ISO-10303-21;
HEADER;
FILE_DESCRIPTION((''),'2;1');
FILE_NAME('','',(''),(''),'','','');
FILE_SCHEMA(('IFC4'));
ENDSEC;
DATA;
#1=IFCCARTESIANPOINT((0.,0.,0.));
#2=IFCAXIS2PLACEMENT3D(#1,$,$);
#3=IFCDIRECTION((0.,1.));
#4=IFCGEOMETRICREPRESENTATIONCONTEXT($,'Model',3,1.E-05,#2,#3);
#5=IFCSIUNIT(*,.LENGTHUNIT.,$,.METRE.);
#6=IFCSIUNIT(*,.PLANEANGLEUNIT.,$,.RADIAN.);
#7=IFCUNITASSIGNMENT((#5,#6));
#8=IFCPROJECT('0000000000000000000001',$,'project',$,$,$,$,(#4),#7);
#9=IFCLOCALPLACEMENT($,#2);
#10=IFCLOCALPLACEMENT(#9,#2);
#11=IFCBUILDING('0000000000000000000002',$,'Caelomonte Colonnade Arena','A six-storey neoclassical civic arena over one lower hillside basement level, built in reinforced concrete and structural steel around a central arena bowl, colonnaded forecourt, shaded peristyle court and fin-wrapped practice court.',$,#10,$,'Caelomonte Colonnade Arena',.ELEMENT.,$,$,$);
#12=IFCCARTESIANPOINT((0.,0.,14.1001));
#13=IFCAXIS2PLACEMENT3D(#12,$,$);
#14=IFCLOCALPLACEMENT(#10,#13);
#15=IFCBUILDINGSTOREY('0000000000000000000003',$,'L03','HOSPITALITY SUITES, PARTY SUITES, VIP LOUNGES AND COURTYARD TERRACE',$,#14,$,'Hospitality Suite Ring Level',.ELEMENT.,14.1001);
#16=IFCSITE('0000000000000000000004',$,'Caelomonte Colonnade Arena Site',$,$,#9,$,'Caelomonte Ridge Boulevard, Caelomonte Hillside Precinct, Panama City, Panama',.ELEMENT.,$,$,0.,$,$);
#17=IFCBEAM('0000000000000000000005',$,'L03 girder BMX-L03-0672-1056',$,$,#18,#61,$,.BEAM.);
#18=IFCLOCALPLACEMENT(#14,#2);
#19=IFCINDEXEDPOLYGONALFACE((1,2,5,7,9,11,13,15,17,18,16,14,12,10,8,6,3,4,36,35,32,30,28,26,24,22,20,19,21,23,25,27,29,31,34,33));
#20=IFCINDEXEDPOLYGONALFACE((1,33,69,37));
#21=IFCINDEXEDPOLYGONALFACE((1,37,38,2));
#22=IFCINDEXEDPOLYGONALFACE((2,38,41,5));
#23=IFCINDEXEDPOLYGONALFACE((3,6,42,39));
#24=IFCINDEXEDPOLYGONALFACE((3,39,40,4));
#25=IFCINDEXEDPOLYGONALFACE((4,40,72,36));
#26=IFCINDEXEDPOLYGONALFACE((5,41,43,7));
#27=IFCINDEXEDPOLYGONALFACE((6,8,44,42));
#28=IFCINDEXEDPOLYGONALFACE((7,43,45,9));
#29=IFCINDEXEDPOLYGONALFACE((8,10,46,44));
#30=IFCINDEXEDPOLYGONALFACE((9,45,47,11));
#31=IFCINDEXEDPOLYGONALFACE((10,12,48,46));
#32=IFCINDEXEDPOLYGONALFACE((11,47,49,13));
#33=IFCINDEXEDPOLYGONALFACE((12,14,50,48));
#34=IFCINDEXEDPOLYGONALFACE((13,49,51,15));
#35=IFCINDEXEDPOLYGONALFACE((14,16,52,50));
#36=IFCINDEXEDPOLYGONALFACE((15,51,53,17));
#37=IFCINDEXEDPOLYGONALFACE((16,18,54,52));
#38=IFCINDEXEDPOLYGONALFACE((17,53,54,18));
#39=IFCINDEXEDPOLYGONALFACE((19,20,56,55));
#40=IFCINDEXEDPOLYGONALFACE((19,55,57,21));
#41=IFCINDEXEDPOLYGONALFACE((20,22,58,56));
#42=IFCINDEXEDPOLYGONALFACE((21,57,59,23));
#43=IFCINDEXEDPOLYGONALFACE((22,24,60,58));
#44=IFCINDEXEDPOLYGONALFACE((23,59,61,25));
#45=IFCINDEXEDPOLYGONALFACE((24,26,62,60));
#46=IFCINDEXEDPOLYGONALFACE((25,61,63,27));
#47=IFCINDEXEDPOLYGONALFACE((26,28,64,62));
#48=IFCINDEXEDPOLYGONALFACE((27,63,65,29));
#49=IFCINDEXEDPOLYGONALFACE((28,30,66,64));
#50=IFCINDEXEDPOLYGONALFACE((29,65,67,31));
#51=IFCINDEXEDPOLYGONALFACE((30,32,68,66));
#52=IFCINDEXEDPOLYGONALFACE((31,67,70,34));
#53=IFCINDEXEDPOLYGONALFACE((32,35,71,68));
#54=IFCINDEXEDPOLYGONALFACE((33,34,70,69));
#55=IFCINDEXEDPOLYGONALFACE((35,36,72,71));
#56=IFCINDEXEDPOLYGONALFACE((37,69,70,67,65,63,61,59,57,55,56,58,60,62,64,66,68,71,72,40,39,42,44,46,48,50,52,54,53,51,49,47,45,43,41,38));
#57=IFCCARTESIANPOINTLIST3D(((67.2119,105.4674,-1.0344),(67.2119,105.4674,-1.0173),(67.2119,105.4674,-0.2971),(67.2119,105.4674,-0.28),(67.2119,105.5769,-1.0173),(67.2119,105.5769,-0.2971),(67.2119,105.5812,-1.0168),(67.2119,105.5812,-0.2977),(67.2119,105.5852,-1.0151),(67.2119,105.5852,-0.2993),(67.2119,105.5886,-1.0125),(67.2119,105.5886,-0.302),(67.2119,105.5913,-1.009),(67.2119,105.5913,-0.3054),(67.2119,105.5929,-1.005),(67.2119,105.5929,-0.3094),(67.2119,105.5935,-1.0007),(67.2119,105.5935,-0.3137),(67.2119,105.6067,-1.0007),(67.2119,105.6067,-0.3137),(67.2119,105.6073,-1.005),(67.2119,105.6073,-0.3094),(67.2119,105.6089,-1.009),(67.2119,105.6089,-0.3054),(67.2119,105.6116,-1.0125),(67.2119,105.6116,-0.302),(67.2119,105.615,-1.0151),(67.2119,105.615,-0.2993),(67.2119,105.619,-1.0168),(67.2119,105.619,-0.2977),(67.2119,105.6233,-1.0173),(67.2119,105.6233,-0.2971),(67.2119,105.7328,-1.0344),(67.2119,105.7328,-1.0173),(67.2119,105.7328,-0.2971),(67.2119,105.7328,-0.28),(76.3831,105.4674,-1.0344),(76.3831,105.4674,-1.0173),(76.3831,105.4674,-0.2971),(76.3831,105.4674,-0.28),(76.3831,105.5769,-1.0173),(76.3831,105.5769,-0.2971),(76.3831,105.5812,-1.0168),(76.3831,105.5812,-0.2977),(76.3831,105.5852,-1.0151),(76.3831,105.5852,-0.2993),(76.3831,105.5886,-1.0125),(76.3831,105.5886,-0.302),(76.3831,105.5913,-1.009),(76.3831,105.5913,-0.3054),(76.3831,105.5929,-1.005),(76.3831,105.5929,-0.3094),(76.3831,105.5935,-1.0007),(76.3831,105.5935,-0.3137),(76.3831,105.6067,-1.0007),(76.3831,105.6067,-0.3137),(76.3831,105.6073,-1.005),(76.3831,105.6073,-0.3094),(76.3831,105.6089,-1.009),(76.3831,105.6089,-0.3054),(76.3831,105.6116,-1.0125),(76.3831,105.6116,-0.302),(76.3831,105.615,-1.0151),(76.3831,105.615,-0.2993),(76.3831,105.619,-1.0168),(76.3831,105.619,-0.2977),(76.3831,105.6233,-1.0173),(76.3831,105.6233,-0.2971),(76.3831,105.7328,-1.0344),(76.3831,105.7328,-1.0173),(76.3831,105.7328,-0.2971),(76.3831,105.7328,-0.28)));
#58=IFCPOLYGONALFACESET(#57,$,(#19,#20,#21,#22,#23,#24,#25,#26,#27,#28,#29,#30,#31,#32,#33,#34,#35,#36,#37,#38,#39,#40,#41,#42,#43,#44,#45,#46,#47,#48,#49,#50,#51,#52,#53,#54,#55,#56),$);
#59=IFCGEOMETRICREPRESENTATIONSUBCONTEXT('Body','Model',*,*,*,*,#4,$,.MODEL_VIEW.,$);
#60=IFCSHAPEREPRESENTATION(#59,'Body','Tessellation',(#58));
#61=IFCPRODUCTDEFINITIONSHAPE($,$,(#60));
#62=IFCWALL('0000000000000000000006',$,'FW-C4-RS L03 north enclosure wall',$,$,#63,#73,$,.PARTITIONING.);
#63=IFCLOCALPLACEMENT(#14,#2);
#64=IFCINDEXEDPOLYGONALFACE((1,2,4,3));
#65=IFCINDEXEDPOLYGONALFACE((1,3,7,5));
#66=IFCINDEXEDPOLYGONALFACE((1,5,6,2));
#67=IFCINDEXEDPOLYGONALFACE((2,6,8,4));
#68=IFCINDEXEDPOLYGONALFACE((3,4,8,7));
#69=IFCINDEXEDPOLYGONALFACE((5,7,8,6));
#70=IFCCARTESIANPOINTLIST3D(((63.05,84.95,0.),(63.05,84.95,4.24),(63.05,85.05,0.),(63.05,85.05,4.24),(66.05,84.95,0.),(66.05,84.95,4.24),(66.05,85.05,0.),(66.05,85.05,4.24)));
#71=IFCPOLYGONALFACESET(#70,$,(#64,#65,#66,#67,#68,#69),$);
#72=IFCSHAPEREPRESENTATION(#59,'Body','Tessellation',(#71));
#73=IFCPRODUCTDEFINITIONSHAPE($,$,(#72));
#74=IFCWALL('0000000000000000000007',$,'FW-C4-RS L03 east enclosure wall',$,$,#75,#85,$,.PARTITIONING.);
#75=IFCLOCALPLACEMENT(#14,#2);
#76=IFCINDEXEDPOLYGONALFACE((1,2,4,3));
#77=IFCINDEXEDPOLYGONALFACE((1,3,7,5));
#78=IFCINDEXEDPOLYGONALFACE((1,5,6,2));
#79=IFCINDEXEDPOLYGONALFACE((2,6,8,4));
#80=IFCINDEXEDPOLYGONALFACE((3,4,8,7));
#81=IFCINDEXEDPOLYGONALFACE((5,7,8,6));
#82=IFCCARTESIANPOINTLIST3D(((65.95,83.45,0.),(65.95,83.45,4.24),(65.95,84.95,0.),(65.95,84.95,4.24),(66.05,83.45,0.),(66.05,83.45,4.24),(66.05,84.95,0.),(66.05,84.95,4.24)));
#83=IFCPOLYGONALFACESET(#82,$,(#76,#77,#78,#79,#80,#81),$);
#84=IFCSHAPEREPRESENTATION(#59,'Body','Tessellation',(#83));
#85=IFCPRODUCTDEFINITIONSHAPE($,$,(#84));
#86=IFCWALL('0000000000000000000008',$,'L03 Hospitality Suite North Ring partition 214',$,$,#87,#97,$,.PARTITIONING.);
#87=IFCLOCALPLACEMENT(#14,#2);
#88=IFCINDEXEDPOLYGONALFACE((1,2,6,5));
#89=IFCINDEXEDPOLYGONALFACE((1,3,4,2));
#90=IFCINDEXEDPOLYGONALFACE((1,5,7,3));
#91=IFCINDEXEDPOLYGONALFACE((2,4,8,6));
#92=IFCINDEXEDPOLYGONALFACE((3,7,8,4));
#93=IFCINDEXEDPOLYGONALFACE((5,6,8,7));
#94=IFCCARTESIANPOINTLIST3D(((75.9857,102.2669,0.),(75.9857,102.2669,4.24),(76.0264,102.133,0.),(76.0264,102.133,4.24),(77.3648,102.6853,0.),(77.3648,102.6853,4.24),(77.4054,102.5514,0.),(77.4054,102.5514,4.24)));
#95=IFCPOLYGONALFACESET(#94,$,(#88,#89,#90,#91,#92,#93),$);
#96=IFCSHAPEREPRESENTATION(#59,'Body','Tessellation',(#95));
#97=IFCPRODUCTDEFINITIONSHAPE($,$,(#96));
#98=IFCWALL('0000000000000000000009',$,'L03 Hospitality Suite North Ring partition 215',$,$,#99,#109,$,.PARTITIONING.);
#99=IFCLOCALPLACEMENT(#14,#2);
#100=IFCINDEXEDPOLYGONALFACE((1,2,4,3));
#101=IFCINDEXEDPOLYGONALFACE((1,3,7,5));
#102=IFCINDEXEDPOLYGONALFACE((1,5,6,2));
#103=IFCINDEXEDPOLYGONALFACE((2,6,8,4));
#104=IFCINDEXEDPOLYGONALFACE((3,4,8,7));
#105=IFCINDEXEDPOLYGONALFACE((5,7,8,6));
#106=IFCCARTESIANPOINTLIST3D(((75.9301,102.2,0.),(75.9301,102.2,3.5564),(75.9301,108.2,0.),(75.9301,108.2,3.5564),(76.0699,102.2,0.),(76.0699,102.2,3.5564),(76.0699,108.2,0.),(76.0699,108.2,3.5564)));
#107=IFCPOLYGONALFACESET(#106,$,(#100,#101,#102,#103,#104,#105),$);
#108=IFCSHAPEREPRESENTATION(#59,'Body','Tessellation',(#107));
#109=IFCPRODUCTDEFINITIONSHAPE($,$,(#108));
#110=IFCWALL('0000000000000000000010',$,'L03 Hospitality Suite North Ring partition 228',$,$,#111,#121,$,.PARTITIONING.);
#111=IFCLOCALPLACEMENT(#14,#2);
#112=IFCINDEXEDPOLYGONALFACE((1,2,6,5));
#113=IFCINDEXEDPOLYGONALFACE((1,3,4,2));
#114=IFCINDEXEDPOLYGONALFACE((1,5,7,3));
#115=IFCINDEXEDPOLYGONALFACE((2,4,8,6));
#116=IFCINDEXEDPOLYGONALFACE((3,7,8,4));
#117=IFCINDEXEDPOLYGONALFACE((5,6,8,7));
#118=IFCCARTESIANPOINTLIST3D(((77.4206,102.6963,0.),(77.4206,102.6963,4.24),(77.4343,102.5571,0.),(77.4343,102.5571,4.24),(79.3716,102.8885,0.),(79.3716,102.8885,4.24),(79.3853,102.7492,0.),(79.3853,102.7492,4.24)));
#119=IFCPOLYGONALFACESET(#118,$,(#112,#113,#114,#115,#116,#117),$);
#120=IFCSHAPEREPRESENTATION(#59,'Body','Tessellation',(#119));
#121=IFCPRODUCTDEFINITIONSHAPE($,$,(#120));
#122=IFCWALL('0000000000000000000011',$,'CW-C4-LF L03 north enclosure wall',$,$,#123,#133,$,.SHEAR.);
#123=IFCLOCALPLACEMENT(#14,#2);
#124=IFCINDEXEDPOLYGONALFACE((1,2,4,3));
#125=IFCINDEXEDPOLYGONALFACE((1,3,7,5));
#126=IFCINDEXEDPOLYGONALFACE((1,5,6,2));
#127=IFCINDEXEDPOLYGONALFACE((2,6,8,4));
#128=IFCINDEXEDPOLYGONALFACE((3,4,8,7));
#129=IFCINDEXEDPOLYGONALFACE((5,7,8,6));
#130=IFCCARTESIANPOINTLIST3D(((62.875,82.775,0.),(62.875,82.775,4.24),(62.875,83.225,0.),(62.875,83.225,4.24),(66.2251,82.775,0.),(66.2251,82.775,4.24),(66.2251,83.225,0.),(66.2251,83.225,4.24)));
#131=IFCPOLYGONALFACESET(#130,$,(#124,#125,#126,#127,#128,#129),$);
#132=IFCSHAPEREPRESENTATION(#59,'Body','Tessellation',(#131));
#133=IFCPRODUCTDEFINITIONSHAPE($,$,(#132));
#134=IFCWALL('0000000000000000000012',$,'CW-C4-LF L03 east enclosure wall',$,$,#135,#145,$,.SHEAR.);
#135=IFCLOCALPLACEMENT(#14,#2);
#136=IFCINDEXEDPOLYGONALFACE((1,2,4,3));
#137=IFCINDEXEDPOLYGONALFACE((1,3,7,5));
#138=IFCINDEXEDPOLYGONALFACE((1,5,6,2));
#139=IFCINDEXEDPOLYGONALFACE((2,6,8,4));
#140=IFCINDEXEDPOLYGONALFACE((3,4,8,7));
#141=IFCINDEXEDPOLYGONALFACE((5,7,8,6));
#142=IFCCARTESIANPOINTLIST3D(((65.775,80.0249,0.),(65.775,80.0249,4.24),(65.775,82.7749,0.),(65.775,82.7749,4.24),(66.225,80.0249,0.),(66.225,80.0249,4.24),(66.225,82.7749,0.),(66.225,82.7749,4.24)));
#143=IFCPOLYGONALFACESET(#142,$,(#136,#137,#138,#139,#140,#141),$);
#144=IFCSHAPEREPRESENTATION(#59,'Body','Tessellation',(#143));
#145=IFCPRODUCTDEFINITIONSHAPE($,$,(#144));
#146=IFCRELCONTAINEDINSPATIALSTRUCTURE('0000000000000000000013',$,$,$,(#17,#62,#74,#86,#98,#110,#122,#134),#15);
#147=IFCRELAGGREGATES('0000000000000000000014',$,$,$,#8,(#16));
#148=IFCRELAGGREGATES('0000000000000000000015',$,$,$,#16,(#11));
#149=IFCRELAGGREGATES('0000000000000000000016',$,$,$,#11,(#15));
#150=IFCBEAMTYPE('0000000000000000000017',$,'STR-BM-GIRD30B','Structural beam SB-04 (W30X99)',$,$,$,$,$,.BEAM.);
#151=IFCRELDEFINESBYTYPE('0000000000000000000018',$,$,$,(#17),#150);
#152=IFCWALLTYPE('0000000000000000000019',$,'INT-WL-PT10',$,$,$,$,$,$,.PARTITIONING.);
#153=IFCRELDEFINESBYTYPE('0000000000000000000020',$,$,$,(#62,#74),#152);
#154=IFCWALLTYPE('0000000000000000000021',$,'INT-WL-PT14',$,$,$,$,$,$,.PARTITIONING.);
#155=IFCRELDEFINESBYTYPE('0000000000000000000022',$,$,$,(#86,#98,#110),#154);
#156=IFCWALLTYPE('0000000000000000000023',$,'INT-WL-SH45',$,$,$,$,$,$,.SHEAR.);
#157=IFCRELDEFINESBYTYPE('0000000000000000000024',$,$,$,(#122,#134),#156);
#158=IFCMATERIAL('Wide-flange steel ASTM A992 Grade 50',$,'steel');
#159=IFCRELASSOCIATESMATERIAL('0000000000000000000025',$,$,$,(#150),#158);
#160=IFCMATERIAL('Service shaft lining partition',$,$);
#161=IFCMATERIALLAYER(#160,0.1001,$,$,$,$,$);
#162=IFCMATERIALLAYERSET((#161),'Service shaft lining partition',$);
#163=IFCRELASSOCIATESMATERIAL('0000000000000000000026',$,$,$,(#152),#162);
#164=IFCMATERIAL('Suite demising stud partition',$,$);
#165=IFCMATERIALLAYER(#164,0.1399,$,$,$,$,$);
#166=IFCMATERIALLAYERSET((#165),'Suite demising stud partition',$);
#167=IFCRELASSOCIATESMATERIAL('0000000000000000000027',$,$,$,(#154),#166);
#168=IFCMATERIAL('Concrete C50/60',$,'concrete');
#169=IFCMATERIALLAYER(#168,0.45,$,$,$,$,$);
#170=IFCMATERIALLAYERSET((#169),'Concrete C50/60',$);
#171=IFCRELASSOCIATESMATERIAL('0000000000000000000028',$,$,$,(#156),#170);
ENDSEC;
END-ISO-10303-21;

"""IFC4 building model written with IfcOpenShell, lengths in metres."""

from ifc_helpers import new_model, si_unit, direction, frame, frame_2d, origin, origin_2d, place, context, subcontext, project, spatial, rectangle, i_section, extrude, material, layer, layer_set, material_profile, profile_set, type_object, element, save


model = new_model("IFC4")

# Units and contexts
model_context = context("Model", 3, precision=1e-05, world=origin(), true_north=direction((0.0, 1.0)))
body_context = subcontext(model_context, "Body", "Model", "MODEL_VIEW")
ifc_project = project(units=[si_unit("LENGTHUNIT", "METRE"), si_unit("PLANEANGLEUNIT", "RADIAN")], contexts=[model_context])

# Site, building, storey
site_placement = place(None, origin())
site = spatial("IfcSite", under=ifc_project, at=site_placement, Name="Caelomonte Colonnade Arena Site", LongName="Caelomonte Ridge Boulevard, Caelomonte Hillside Precinct, Panama City, Panama", CompositionType="ELEMENT", RefElevation=0.0)
building_placement = place(site_placement, origin())
building = spatial("IfcBuilding", under=site, at=building_placement, Name="Caelomonte Colonnade Arena", Description="A six-storey neoclassical civic arena over one lower hillside basement level, built in reinforced concrete and structural steel around a central arena bowl, colonnaded forecourt, shaded peristyle court and fin-wrapped practice court.", LongName="Caelomonte Colonnade Arena", CompositionType="ELEMENT")
storey_placement = place(building_placement, frame((0.0, 0.0, 14.1001)))
storey = spatial("IfcBuildingStorey", under=building, at=storey_placement, Name="L03", Description="HOSPITALITY SUITES, PARTY SUITES, VIP LOUNGES AND COURTYARD TERRACE", LongName="Hospitality Suite Ring Level", CompositionType="ELEMENT", Elevation=14.1001)

# Shared definitions
ifc_material_1 = material(Name="Wide-flange steel ASTM A992 Grade 50", Category="steel")

# Beam
ifc_material_profile_1 = material_profile(ifc_material_1, i_section(OverallWidth=0.2654, OverallDepth=0.7544, WebThickness=0.0132, FlangeThickness=0.0171, FilletRadius=0.0166, at=origin_2d()), Name="W30X99")
ifc_profile_set_1 = profile_set([ifc_material_profile_1], Name="Wide-flange steel ASTM A992 Grade 50")
beam_type_1 = type_object("IfcBeamType", Name="STR-BM-GIRD30B", Description="Structural beam SB-04 (W30X99)", PredefinedType="BEAM", material=ifc_profile_set_1)
beam_1_placement = place(storey_placement, frame((67.2119, 105.6001, -0.6572), z_axis=(1.0, 0.0, 0.0), x_axis=(0.0, 1.0, 0.0)))
element("IfcBeam", 1, at=beam_1_placement, inside=storey, type_object=beam_type_1, Name="L03 girder BMX-L03-0672-1056", PredefinedType="BEAM", context=body_context, shape_type="SweptSolid", body=[
    extrude(i_section(OverallWidth=0.2654, OverallDepth=0.7544, WebThickness=0.0132, FlangeThickness=0.0171, FilletRadius=0.0166, at=origin_2d()), origin(), (0.0, 0.0, 1.0), 9.1711),
])

# Walls
ifc_material_2 = material(Name="Service shaft lining partition")
ifc_layer_1 = layer(ifc_material_2, 0.1001)
ifc_layer_set_1 = layer_set([ifc_layer_1], Name="Service shaft lining partition")
wall_type_1 = type_object("IfcWallType", Name="INT-WL-PT10", PredefinedType="PARTITIONING", material=ifc_layer_set_1)
wall_1_placement = place(storey_placement, frame((66.05, 85.0, 0.0), z_axis=(0.0, 0.0, 1.0), x_axis=(-1.0, 0.0, 0.0)))
element("IfcWall", 2, at=wall_1_placement, inside=storey, type_object=wall_type_1, Name="FW-C4-RS L03 north enclosure wall", PredefinedType="PARTITIONING", context=body_context, shape_type="SweptSolid", body=[
    extrude(rectangle(XDim=3.0, YDim=0.1001, at=frame_2d((1.5, 0.0))), origin(), (0.0, 0.0, 1.0), 4.24),
])
wall_2_placement = place(storey_placement, frame((66.0, 83.45, 0.0), z_axis=(0.0, 0.0, 1.0), x_axis=(0.0, 1.0, 0.0)))
element("IfcWall", 3, at=wall_2_placement, inside=storey, type_object=wall_type_1, Name="FW-C4-RS L03 east enclosure wall", PredefinedType="PARTITIONING", context=body_context, shape_type="SweptSolid", body=[
    extrude(rectangle(XDim=1.5, YDim=0.1001, at=frame_2d((0.75, 0.0))), origin(), (0.0, 0.0, 1.0), 4.24),
])
ifc_material_3 = material(Name="Suite demising stud partition")
ifc_layer_2 = layer(ifc_material_3, 0.1399)
ifc_layer_set_2 = layer_set([ifc_layer_2], Name="Suite demising stud partition")
wall_type_2 = type_object("IfcWallType", Name="INT-WL-PT14", PredefinedType="PARTITIONING", material=ifc_layer_set_2)
wall_3_placement = place(storey_placement, frame((77.3853, 102.6184, 0.0), z_axis=(0.0, 0.0, 1.0), x_axis=(-0.956922, -0.290346, 0.0)))
element("IfcWall", 4, at=wall_3_placement, inside=storey, type_object=wall_type_2, Name="L03 Hospitality Suite North Ring partition 214", PredefinedType="PARTITIONING", context=body_context, shape_type="SweptSolid", body=[
    extrude(rectangle(XDim=1.4412, YDim=0.1399, at=frame_2d((0.7207, 0.0))), origin(), (0.0, 0.0, 1.0), 4.24),
])
wall_4_placement = place(storey_placement, frame((76.0, 102.2, 0.0), z_axis=(0.0, 0.0, 1.0), x_axis=(0.0, 1.0, 0.0)))
element("IfcWall", 5, at=wall_4_placement, inside=storey, type_object=wall_type_2, Name="L03 Hospitality Suite North Ring partition 215", PredefinedType="PARTITIONING", context=body_context, shape_type="SweptSolid", body=[
    extrude(rectangle(XDim=6.0, YDim=0.1399, at=frame_2d((3.0, 0.0))), origin(), (0.0, 0.0, 1.0), 3.5564),
])
wall_5_placement = place(storey_placement, frame((79.3784, 102.8188, 0.0), z_axis=(0.0, 0.0, 1.0), x_axis=(-0.995185, -0.098012, 0.0)))
element("IfcWall", 6, at=wall_5_placement, inside=storey, type_object=wall_type_2, Name="L03 Hospitality Suite North Ring partition 228", PredefinedType="PARTITIONING", context=body_context, shape_type="SweptSolid", body=[
    extrude(rectangle(XDim=1.9604, YDim=0.1399, at=frame_2d((0.9802, 0.0))), origin(), (0.0, 0.0, 1.0), 4.24),
])
ifc_material_4 = material(Name="Concrete C50/60", Category="concrete")
ifc_layer_3 = layer(ifc_material_4, 0.45)
ifc_layer_set_3 = layer_set([ifc_layer_3], Name="Concrete C50/60")
wall_type_3 = type_object("IfcWallType", Name="INT-WL-SH45", PredefinedType="SHEAR", material=ifc_layer_set_3)
wall_6_placement = place(storey_placement, frame((66.2251, 83.0, 0.0), z_axis=(0.0, 0.0, 1.0), x_axis=(-1.0, 0.0, 0.0)))
element("IfcWall", 7, at=wall_6_placement, inside=storey, type_object=wall_type_3, Name="CW-C4-LF L03 north enclosure wall", PredefinedType="SHEAR", context=body_context, shape_type="SweptSolid", body=[
    extrude(rectangle(XDim=3.3501, YDim=0.45, at=frame_2d((1.675, 0.0))), origin(), (0.0, 0.0, 1.0), 4.24),
])
wall_7_placement = place(storey_placement, frame((66.0, 80.0249, 0.0), z_axis=(0.0, 0.0, 1.0), x_axis=(0.0, 1.0, 0.0)))
element("IfcWall", 8, at=wall_7_placement, inside=storey, type_object=wall_type_3, Name="CW-C4-LF L03 east enclosure wall", PredefinedType="SHEAR", context=body_context, shape_type="SweptSolid", body=[
    extrude(rectangle(XDim=2.75, YDim=0.45, at=frame_2d((1.375, 0.0))), origin(), (0.0, 0.0, 1.0), 4.24),
])

save(model, "model.ifc")
